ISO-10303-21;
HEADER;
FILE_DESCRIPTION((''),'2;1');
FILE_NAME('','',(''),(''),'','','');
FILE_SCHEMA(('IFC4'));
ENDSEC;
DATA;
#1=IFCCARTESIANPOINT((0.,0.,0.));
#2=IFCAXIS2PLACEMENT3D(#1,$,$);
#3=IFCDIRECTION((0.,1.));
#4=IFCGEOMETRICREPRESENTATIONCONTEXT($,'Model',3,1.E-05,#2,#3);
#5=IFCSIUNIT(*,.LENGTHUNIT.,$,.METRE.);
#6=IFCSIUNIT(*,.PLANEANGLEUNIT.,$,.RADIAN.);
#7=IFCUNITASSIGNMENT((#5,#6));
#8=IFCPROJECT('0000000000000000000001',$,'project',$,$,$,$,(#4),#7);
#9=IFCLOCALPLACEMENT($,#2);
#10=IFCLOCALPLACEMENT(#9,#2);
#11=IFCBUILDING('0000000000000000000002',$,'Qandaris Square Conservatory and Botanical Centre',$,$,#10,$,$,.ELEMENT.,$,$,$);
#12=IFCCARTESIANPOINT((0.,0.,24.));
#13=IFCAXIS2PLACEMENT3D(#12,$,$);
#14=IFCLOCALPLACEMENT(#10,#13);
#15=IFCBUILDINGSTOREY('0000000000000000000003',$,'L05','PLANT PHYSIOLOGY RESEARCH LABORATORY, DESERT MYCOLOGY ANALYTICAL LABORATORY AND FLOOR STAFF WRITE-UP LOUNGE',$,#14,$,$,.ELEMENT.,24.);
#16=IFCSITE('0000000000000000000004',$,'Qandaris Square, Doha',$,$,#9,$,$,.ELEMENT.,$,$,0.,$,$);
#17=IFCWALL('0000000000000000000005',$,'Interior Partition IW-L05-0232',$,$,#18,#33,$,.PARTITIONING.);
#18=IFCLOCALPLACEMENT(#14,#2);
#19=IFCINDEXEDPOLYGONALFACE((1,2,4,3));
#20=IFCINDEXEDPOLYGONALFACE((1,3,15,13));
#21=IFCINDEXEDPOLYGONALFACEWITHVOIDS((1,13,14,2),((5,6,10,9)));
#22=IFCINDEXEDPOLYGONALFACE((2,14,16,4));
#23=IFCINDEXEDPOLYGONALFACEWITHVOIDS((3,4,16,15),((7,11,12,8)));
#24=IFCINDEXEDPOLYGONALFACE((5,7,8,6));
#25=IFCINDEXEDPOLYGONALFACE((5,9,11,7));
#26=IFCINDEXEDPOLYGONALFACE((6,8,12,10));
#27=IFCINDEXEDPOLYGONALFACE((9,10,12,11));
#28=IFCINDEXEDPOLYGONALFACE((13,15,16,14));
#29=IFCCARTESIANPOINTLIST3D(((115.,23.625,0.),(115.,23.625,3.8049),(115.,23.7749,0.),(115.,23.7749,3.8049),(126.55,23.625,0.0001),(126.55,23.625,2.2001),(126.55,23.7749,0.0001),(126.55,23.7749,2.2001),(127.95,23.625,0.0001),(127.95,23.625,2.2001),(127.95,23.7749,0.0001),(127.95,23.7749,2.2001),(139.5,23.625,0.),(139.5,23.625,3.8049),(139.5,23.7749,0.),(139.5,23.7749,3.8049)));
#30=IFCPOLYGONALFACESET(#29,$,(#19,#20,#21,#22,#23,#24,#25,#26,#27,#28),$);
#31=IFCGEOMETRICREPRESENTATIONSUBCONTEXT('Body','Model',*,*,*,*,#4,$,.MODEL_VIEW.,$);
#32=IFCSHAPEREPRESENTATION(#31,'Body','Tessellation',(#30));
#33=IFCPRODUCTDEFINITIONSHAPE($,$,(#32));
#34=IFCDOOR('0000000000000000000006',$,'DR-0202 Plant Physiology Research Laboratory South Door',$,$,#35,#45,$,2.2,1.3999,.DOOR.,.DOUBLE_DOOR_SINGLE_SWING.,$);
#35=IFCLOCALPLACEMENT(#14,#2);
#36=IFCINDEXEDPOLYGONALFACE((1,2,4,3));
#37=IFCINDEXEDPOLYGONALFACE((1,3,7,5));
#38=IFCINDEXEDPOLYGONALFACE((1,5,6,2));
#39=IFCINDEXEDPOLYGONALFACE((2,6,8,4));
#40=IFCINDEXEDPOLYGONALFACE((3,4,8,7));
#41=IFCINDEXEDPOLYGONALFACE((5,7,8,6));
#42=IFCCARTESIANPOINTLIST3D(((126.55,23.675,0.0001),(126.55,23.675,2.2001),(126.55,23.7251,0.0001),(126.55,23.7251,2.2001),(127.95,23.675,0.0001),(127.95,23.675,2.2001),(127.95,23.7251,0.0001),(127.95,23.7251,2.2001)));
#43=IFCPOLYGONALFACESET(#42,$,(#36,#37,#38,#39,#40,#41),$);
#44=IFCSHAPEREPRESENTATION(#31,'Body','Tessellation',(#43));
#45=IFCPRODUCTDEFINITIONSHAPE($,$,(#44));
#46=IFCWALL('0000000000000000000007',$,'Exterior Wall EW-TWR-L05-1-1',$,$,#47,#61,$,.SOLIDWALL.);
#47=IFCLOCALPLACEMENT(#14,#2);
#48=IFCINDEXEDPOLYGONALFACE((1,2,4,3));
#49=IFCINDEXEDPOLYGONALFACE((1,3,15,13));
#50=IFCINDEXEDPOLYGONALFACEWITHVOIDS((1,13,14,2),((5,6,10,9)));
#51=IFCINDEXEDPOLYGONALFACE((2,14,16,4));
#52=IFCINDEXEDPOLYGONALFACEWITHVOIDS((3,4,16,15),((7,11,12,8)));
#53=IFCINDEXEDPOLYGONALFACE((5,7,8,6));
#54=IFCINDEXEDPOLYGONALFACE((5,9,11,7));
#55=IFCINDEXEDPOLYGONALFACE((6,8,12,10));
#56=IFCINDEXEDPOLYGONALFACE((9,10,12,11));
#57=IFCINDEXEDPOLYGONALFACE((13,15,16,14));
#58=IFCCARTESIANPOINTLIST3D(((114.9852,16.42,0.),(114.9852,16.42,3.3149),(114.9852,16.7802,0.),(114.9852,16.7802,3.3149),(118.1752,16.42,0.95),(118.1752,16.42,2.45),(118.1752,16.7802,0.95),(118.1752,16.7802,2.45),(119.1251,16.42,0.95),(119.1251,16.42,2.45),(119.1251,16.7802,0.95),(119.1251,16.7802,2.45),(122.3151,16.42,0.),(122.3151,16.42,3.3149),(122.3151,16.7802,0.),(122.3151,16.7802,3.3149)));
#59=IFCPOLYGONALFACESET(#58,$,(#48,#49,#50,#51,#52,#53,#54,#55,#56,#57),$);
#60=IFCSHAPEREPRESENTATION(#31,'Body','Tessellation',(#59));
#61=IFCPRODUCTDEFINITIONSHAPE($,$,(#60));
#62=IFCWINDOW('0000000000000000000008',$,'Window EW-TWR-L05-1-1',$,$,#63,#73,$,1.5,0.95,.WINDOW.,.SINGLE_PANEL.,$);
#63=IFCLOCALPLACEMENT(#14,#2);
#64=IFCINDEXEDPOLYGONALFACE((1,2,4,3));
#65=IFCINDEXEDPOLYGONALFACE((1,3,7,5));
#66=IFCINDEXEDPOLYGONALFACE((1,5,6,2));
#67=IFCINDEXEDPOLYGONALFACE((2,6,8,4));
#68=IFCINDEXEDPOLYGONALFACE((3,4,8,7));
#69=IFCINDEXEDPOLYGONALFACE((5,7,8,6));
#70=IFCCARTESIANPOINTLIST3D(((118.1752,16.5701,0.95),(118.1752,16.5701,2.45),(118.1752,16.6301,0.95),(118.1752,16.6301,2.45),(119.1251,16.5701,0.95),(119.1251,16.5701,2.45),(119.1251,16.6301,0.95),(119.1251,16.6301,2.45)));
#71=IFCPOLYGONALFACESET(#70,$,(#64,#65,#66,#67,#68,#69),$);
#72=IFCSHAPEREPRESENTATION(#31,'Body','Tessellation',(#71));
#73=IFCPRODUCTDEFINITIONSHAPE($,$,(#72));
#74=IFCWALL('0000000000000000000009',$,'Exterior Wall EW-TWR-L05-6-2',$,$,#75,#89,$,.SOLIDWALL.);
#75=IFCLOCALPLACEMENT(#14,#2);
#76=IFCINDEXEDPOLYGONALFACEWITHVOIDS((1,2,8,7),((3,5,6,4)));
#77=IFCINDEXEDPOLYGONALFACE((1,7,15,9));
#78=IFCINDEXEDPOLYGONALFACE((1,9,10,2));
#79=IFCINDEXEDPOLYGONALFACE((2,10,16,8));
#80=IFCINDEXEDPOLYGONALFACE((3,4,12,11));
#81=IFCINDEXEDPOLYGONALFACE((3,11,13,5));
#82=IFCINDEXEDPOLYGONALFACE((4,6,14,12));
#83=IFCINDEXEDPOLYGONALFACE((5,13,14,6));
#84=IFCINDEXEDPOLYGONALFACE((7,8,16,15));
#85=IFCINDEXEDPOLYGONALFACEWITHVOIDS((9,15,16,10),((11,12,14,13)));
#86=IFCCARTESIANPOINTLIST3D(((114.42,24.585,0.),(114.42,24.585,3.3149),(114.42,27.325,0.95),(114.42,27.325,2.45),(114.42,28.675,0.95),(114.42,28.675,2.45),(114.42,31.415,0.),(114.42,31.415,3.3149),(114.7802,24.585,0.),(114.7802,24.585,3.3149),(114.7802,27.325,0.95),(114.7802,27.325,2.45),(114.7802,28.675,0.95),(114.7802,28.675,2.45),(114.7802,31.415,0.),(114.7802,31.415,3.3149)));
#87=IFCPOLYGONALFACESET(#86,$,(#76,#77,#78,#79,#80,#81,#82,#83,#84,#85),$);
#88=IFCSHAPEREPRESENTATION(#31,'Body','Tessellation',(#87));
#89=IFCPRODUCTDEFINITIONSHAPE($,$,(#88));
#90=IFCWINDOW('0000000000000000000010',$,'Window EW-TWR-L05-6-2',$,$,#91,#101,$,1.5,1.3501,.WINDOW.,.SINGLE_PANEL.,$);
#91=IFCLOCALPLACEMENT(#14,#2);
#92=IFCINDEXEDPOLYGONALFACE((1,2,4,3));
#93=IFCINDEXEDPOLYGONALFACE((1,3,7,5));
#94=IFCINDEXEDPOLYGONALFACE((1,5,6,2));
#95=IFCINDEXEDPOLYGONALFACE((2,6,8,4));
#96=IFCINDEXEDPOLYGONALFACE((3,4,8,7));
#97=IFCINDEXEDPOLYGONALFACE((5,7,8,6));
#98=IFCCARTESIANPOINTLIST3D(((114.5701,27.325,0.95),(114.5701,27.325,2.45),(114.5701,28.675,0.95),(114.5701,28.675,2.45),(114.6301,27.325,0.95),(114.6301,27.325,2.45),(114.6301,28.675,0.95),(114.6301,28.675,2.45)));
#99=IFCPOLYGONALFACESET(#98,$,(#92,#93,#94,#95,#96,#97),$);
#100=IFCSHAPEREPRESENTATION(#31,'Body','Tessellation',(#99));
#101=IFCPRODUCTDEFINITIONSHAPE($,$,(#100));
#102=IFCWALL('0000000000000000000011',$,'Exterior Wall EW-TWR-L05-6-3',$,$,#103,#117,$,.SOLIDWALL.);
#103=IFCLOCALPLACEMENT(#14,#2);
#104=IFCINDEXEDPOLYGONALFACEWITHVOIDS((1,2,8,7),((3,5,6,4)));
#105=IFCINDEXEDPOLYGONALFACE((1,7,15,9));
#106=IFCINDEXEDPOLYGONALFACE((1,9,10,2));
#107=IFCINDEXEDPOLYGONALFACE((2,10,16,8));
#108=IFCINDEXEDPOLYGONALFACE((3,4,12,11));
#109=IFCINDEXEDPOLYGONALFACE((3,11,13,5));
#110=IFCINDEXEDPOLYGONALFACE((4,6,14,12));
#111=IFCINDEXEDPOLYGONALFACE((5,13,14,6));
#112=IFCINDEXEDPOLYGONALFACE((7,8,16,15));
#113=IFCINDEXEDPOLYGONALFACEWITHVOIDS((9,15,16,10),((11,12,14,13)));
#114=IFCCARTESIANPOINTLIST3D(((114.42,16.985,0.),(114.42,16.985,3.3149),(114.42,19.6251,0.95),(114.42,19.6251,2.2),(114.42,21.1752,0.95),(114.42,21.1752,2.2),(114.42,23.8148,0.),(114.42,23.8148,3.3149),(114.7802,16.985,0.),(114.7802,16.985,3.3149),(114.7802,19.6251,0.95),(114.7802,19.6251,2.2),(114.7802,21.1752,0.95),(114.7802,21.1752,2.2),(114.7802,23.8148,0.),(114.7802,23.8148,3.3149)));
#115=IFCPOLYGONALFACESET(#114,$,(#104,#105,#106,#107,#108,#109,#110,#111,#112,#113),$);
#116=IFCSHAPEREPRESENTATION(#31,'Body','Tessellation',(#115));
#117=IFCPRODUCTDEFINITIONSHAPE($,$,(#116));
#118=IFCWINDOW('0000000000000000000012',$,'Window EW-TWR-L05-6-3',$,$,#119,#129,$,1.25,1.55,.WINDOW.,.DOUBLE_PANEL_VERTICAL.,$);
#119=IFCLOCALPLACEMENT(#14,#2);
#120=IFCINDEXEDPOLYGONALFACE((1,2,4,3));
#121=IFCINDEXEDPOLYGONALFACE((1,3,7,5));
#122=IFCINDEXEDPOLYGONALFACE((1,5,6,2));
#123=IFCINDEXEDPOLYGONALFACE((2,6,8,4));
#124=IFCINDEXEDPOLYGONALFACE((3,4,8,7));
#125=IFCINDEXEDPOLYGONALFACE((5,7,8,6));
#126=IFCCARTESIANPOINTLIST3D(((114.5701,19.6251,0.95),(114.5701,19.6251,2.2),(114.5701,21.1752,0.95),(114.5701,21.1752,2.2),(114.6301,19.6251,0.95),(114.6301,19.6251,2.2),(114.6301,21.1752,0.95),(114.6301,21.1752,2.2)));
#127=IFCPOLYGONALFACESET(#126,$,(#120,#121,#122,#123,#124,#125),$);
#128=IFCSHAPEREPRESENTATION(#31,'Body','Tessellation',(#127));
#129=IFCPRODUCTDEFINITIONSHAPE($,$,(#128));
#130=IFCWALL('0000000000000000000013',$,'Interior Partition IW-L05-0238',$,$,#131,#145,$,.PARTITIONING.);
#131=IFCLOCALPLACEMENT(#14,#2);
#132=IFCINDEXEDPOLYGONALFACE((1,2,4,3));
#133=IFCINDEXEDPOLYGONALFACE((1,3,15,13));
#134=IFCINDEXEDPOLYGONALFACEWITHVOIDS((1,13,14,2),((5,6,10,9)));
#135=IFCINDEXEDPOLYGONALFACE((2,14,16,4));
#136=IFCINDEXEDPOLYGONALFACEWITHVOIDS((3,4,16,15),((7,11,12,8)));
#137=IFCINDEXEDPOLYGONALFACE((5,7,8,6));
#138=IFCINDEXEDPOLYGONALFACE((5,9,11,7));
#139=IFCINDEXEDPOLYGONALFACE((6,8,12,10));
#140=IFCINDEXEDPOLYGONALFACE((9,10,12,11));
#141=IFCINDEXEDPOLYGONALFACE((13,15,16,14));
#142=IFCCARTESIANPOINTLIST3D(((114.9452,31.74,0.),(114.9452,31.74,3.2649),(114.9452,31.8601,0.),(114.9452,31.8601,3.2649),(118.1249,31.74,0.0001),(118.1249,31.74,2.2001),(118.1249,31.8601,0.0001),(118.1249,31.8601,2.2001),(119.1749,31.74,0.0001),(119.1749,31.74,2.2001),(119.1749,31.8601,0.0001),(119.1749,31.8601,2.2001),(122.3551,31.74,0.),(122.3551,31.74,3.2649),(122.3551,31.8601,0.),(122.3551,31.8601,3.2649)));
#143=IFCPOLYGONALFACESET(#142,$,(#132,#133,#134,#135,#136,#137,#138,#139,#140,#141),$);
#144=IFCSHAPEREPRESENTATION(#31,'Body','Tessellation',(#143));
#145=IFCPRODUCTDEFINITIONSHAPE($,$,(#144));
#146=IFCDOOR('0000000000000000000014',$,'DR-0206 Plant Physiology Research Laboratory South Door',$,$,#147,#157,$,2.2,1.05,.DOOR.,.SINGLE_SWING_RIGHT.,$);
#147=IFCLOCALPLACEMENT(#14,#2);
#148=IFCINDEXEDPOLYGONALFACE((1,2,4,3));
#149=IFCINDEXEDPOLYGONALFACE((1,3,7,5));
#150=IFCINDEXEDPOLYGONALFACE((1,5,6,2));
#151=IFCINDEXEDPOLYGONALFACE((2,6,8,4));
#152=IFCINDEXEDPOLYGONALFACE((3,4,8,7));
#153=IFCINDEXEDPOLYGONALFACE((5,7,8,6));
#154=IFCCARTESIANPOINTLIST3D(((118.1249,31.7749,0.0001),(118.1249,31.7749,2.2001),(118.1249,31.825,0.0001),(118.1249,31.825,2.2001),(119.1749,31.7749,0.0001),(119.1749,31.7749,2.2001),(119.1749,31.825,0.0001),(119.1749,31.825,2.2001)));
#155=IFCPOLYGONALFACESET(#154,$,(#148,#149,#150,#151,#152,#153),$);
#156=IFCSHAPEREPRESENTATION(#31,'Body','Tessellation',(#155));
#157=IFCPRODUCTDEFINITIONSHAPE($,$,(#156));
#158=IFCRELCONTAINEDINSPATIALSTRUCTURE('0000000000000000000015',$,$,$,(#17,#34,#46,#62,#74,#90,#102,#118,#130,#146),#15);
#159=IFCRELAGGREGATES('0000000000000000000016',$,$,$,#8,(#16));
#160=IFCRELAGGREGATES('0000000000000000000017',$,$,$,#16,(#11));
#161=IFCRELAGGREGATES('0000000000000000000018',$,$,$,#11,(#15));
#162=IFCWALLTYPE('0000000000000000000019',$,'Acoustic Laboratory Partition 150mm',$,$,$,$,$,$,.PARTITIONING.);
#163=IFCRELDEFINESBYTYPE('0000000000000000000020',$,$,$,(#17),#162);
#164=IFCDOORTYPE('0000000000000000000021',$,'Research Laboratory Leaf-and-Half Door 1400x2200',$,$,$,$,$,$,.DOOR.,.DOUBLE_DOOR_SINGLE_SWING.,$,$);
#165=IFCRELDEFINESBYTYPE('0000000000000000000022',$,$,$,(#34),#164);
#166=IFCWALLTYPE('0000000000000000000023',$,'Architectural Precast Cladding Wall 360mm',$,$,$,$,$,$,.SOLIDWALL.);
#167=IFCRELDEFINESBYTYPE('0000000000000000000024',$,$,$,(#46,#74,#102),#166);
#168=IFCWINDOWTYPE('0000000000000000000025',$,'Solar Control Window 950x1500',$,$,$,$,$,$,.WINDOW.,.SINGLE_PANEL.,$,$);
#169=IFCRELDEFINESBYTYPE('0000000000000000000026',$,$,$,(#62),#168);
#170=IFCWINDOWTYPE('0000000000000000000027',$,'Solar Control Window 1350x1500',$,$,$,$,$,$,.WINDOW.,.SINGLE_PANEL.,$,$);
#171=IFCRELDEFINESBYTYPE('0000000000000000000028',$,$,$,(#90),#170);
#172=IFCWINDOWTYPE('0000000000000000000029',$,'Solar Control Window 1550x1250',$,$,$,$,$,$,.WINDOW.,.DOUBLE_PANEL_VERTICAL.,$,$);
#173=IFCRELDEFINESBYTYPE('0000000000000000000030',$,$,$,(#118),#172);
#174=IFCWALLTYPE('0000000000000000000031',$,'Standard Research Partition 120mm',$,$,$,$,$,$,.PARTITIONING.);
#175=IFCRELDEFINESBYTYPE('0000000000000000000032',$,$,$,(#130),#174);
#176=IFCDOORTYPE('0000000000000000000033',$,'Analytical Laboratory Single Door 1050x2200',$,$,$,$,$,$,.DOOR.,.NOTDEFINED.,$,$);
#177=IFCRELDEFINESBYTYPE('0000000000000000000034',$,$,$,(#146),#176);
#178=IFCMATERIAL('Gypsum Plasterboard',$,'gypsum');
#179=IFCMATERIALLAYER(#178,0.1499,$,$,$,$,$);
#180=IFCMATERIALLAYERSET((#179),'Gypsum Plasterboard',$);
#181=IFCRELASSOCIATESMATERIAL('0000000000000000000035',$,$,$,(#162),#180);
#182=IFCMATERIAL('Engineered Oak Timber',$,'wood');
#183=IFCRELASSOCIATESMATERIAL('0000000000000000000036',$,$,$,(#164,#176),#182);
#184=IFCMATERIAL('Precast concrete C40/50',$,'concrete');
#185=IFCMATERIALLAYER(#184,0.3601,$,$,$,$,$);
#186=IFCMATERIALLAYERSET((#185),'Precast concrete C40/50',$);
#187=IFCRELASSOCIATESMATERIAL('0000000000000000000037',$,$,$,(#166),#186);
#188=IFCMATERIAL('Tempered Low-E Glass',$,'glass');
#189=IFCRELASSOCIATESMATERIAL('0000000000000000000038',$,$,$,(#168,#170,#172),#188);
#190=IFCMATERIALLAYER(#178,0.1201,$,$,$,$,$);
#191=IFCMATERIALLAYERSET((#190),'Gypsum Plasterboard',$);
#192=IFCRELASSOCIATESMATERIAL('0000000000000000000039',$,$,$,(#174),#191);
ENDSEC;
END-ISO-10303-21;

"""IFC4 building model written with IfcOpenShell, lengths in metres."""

from ifc_helpers import new_model, si_unit, direction, frame, frame_2d, origin, place, context, subcontext, project, spatial, rectangle, extrude, material, layer, layer_set, type_object, element, fill, save


model = new_model("IFC4")

# Units and contexts
model_context = context("Model", 3, precision=1e-05, world=origin(), true_north=direction((0.0, 1.0)))
body_context = subcontext(model_context, "Body", "Model", "MODEL_VIEW")
ifc_project = project(units=[si_unit("LENGTHUNIT", "METRE"), si_unit("PLANEANGLEUNIT", "RADIAN")], contexts=[model_context])

# Site, building, storey
site_placement = place(None, origin())
site = spatial("IfcSite", under=ifc_project, at=site_placement, Name="Qandaris Square, Doha", CompositionType="ELEMENT", RefElevation=0.0)
building_placement = place(site_placement, origin())
building = spatial("IfcBuilding", under=site, at=building_placement, Name="Qandaris Square Conservatory and Botanical Centre", CompositionType="ELEMENT")
storey_placement = place(building_placement, frame((0.0, 0.0, 24.0)))
storey = spatial("IfcBuildingStorey", under=building, at=storey_placement, Name="L05", Description="PLANT PHYSIOLOGY RESEARCH LABORATORY, DESERT MYCOLOGY ANALYTICAL LABORATORY AND FLOOR STAFF WRITE-UP LOUNGE", CompositionType="ELEMENT", Elevation=24.0)

# Wall, opening, door
ifc_material_1 = material(Name="Gypsum Plasterboard", Category="gypsum")
ifc_layer_1 = layer(ifc_material_1, 0.1499)
ifc_layer_set_1 = layer_set([ifc_layer_1], Name="Gypsum Plasterboard")
wall_type_1 = type_object("IfcWallType", Name="Acoustic Laboratory Partition 150mm", PredefinedType="PARTITIONING", material=ifc_layer_set_1)
wall_1_placement = place(storey_placement, frame((115.0, 23.7, 0.0), z_axis=(0.0, 0.0, 1.0), x_axis=(1.0, 0.0, 0.0)))
wall_1 = element("IfcWall", 1, at=wall_1_placement, inside=storey, type_object=wall_type_1, Name="Interior Partition IW-L05-0232", PredefinedType="PARTITIONING", context=body_context, shape_type="SweptSolid", body=[
    extrude(rectangle(XDim=24.5, YDim=0.1499, at=frame_2d((12.25, 0.0))), origin(), (0.0, 0.0, 1.0), 3.8049),
])
opening_1_placement = place(wall_1_placement, frame((11.55, 0.0, 0.0)))
opening_1 = element("IfcOpeningElement", 2, at=opening_1_placement, cuts=wall_1, PredefinedType="OPENING", context=body_context, shape_type="SweptSolid", body=[
    extrude(rectangle(XDim=1.3999, YDim=2.2, at=frame_2d((0.7, 1.1001))), frame((0.0, 0.0869, 0.0), z_axis=(0.0, -1.0, 0.0), x_axis=(1.0, 0.0, 0.0)), (0.0, 0.0, 1.0), 0.1738),
])
ifc_material_2 = material(Name="Engineered Oak Timber", Category="wood")
door_type_1 = type_object("IfcDoorType", Name="Research Laboratory Leaf-and-Half Door 1400x2200", OperationType="DOUBLE_DOOR_SINGLE_SWING", PredefinedType="DOOR", material=ifc_material_2)
door_1_placement = place(opening_1_placement, frame((1.3999, 0.0, 0.0), z_axis=(0.0, 0.0, 1.0), x_axis=(-1.0, 0.0, 0.0)))
door_1 = element("IfcDoor", 3, at=door_1_placement, inside=storey, type_object=door_type_1, Name="DR-0202 Plant Physiology Research Laboratory South Door", OperationType="DOUBLE_DOOR_SINGLE_SWING", OverallHeight=2.2, OverallWidth=1.3999, PredefinedType="DOOR", context=body_context, shape_type="SweptSolid", body=[
    extrude(rectangle(XDim=1.3999, YDim=2.2, at=frame_2d((0.7, 1.1001))), frame((0.0, 0.0249, 0.0), z_axis=(0.0, -1.0, 0.0), x_axis=(1.0, 0.0, 0.0)), (0.0, 0.0, 1.0), 0.05),
])
fill(opening_1, door_1)

# Walls, openings, windows
ifc_material_3 = material(Name="Precast concrete C40/50", Category="concrete")
ifc_layer_2 = layer(ifc_material_3, 0.3601)
ifc_layer_set_2 = layer_set([ifc_layer_2], Name="Precast concrete C40/50")
wall_type_2 = type_object("IfcWallType", Name="Architectural Precast Cladding Wall 360mm", PredefinedType="SOLIDWALL", material=ifc_layer_set_2)
wall_2_placement = place(storey_placement, frame((114.9851, 16.6001, 0.0), z_axis=(0.0, 0.0, 1.0), x_axis=(1.0, 0.0, 0.0)))
wall_2 = element("IfcWall", 4, at=wall_2_placement, inside=storey, type_object=wall_type_2, Name="Exterior Wall EW-TWR-L05-1-1", PredefinedType="SOLIDWALL", context=body_context, shape_type="SweptSolid", body=[
    extrude(rectangle(XDim=7.3298, YDim=0.3601, at=frame_2d((3.665, 0.0))), origin(), (0.0, 0.0, 1.0), 3.3149),
])
opening_2_placement = place(wall_2_placement, frame((3.1899, 0.0, 0.95)))
opening_2 = element("IfcOpeningElement", 5, at=opening_2_placement, cuts=wall_2, PredefinedType="OPENING", context=body_context, shape_type="SweptSolid", body=[
    extrude(rectangle(XDim=0.95, YDim=1.5, at=frame_2d((0.4751, 0.75))), frame((0.0, 0.1919, 0.0), z_axis=(0.0, -1.0, 0.0), x_axis=(1.0, 0.0, 0.0)), (0.0, 0.0, 1.0), 0.384),
])
ifc_material_4 = material(Name="Tempered Low-E Glass", Category="glass")
window_type_1 = type_object("IfcWindowType", Name="Solar Control Window 950x1500", PartitioningType="SINGLE_PANEL", PredefinedType="WINDOW", material=ifc_material_4)
window_1_placement = place(opening_2_placement, origin())
window_1 = element("IfcWindow", 6, at=window_1_placement, inside=storey, type_object=window_type_1, Name="Window EW-TWR-L05-1-1", OverallHeight=1.5, OverallWidth=0.95, PartitioningType="SINGLE_PANEL", PredefinedType="WINDOW", context=body_context, shape_type="SweptSolid", body=[
    extrude(rectangle(XDim=0.95, YDim=1.5, at=frame_2d((0.4751, 0.75))), frame((0.0, 0.03, 0.0), z_axis=(0.0, -1.0, 0.0), x_axis=(1.0, 0.0, 0.0)), (0.0, 0.0, 1.0), 0.0601),
])
fill(opening_2, window_1)
wall_3_placement = place(storey_placement, frame((114.6001, 31.415, 0.0), z_axis=(0.0, 0.0, 1.0), x_axis=(0.0, -1.0, 0.0)))
wall_3 = element("IfcWall", 7, at=wall_3_placement, inside=storey, type_object=wall_type_2, Name="Exterior Wall EW-TWR-L05-6-2", PredefinedType="SOLIDWALL", context=body_context, shape_type="SweptSolid", body=[
    extrude(rectangle(XDim=6.8301, YDim=0.3601, at=frame_2d((3.415, 0.0))), origin(), (0.0, 0.0, 1.0), 3.3149),
])
opening_3_placement = place(wall_3_placement, frame((2.74, 0.0, 0.95)))
opening_3 = element("IfcOpeningElement", 8, at=opening_3_placement, cuts=wall_3, PredefinedType="OPENING", context=body_context, shape_type="SweptSolid", body=[
    extrude(rectangle(XDim=1.3501, YDim=1.5, at=frame_2d((0.675, 0.75))), frame((0.0, 0.1919, 0.0), z_axis=(0.0, -1.0, 0.0), x_axis=(1.0, 0.0, 0.0)), (0.0, 0.0, 1.0), 0.384),
])
window_type_2 = type_object("IfcWindowType", Name="Solar Control Window 1350x1500", PartitioningType="SINGLE_PANEL", PredefinedType="WINDOW", material=ifc_material_4)
window_2_placement = place(opening_3_placement, origin())
window_2 = element("IfcWindow", 9, at=window_2_placement, inside=storey, type_object=window_type_2, Name="Window EW-TWR-L05-6-2", OverallHeight=1.5, OverallWidth=1.3501, PartitioningType="SINGLE_PANEL", PredefinedType="WINDOW", context=body_context, shape_type="SweptSolid", body=[
    extrude(rectangle(XDim=1.3501, YDim=1.5, at=frame_2d((0.675, 0.75))), frame((0.0, 0.03, 0.0), z_axis=(0.0, -1.0, 0.0), x_axis=(1.0, 0.0, 0.0)), (0.0, 0.0, 1.0), 0.0601),
])
fill(opening_3, window_2)
wall_4_placement = place(storey_placement, frame((114.6001, 23.8149, 0.0), z_axis=(0.0, 0.0, 1.0), x_axis=(0.0, -1.0, 0.0)))
wall_4 = element("IfcWall", 10, at=wall_4_placement, inside=storey, type_object=wall_type_2, Name="Exterior Wall EW-TWR-L05-6-3", PredefinedType="SOLIDWALL", context=body_context, shape_type="SweptSolid", body=[
    extrude(rectangle(XDim=6.8298, YDim=0.3601, at=frame_2d((3.415, 0.0))), origin(), (0.0, 0.0, 1.0), 3.3149),
])
opening_4_placement = place(wall_4_placement, frame((2.6399, 0.0, 0.95)))
opening_4 = element("IfcOpeningElement", 11, at=opening_4_placement, cuts=wall_4, PredefinedType="OPENING", context=body_context, shape_type="SweptSolid", body=[
    extrude(rectangle(XDim=1.55, YDim=1.25, at=frame_2d((0.7749, 0.625))), frame((0.0, 0.1919, 0.0), z_axis=(0.0, -1.0, 0.0), x_axis=(1.0, 0.0, 0.0)), (0.0, 0.0, 1.0), 0.384),
])
window_type_3 = type_object("IfcWindowType", Name="Solar Control Window 1550x1250", PartitioningType="DOUBLE_PANEL_VERTICAL", PredefinedType="WINDOW", material=ifc_material_4)
window_3_placement = place(opening_4_placement, origin())
window_3 = element("IfcWindow", 12, at=window_3_placement, inside=storey, type_object=window_type_3, Name="Window EW-TWR-L05-6-3", OverallHeight=1.25, OverallWidth=1.55, PartitioningType="DOUBLE_PANEL_VERTICAL", PredefinedType="WINDOW", context=body_context, shape_type="SweptSolid", body=[
    extrude(rectangle(XDim=1.55, YDim=1.25, at=frame_2d((0.7749, 0.625))), frame((0.0, 0.03, 0.0), z_axis=(0.0, -1.0, 0.0), x_axis=(1.0, 0.0, 0.0)), (0.0, 0.0, 1.0), 0.0601),
])
fill(opening_4, window_3)

# Wall, opening, door
ifc_layer_3 = layer(ifc_material_1, 0.1201)
ifc_layer_set_3 = layer_set([ifc_layer_3], Name="Gypsum Plasterboard")
wall_type_3 = type_object("IfcWallType", Name="Standard Research Partition 120mm", PredefinedType="PARTITIONING", material=ifc_layer_set_3)
wall_5_placement = place(storey_placement, frame((114.9451, 31.8, 0.0), z_axis=(0.0, 0.0, 1.0), x_axis=(1.0, 0.0, 0.0)))
wall_5 = element("IfcWall", 13, at=wall_5_placement, inside=storey, type_object=wall_type_3, Name="Interior Partition IW-L05-0238", PredefinedType="PARTITIONING", context=body_context, shape_type="SweptSolid", body=[
    extrude(rectangle(XDim=7.4099, YDim=0.1201, at=frame_2d((3.7051, 0.0))), origin(), (0.0, 0.0, 1.0), 3.2649),
])
opening_5_placement = place(wall_5_placement, frame((3.1799, 0.0, 0.0)))
opening_5 = element("IfcOpeningElement", 14, at=opening_5_placement, cuts=wall_5, PredefinedType="OPENING", context=body_context, shape_type="SweptSolid", body=[
    extrude(rectangle(XDim=1.05, YDim=2.2, at=frame_2d((0.5249, 1.1001))), frame((0.0, 0.072, 0.0), z_axis=(0.0, -1.0, 0.0), x_axis=(1.0, 0.0, 0.0)), (0.0, 0.0, 1.0), 0.144),
])
door_type_2 = type_object("IfcDoorType", Name="Analytical Laboratory Single Door 1050x2200", OperationType="NOTDEFINED", PredefinedType="DOOR", material=ifc_material_2)
door_2_placement = place(opening_5_placement, origin())
door_2 = element("IfcDoor", 15, at=door_2_placement, inside=storey, type_object=door_type_2, Name="DR-0206 Plant Physiology Research Laboratory South Door", OperationType="SINGLE_SWING_RIGHT", OverallHeight=2.2, OverallWidth=1.05, PredefinedType="DOOR", context=body_context, shape_type="SweptSolid", body=[
    extrude(rectangle(XDim=1.05, YDim=2.2, at=frame_2d((0.5249, 1.1001))), frame((0.0, 0.0249, 0.0), z_axis=(0.0, -1.0, 0.0), x_axis=(1.0, 0.0, 0.0)), (0.0, 0.0, 1.0), 0.05),
])
fill(opening_5, door_2)

save(model, "model.ifc")
